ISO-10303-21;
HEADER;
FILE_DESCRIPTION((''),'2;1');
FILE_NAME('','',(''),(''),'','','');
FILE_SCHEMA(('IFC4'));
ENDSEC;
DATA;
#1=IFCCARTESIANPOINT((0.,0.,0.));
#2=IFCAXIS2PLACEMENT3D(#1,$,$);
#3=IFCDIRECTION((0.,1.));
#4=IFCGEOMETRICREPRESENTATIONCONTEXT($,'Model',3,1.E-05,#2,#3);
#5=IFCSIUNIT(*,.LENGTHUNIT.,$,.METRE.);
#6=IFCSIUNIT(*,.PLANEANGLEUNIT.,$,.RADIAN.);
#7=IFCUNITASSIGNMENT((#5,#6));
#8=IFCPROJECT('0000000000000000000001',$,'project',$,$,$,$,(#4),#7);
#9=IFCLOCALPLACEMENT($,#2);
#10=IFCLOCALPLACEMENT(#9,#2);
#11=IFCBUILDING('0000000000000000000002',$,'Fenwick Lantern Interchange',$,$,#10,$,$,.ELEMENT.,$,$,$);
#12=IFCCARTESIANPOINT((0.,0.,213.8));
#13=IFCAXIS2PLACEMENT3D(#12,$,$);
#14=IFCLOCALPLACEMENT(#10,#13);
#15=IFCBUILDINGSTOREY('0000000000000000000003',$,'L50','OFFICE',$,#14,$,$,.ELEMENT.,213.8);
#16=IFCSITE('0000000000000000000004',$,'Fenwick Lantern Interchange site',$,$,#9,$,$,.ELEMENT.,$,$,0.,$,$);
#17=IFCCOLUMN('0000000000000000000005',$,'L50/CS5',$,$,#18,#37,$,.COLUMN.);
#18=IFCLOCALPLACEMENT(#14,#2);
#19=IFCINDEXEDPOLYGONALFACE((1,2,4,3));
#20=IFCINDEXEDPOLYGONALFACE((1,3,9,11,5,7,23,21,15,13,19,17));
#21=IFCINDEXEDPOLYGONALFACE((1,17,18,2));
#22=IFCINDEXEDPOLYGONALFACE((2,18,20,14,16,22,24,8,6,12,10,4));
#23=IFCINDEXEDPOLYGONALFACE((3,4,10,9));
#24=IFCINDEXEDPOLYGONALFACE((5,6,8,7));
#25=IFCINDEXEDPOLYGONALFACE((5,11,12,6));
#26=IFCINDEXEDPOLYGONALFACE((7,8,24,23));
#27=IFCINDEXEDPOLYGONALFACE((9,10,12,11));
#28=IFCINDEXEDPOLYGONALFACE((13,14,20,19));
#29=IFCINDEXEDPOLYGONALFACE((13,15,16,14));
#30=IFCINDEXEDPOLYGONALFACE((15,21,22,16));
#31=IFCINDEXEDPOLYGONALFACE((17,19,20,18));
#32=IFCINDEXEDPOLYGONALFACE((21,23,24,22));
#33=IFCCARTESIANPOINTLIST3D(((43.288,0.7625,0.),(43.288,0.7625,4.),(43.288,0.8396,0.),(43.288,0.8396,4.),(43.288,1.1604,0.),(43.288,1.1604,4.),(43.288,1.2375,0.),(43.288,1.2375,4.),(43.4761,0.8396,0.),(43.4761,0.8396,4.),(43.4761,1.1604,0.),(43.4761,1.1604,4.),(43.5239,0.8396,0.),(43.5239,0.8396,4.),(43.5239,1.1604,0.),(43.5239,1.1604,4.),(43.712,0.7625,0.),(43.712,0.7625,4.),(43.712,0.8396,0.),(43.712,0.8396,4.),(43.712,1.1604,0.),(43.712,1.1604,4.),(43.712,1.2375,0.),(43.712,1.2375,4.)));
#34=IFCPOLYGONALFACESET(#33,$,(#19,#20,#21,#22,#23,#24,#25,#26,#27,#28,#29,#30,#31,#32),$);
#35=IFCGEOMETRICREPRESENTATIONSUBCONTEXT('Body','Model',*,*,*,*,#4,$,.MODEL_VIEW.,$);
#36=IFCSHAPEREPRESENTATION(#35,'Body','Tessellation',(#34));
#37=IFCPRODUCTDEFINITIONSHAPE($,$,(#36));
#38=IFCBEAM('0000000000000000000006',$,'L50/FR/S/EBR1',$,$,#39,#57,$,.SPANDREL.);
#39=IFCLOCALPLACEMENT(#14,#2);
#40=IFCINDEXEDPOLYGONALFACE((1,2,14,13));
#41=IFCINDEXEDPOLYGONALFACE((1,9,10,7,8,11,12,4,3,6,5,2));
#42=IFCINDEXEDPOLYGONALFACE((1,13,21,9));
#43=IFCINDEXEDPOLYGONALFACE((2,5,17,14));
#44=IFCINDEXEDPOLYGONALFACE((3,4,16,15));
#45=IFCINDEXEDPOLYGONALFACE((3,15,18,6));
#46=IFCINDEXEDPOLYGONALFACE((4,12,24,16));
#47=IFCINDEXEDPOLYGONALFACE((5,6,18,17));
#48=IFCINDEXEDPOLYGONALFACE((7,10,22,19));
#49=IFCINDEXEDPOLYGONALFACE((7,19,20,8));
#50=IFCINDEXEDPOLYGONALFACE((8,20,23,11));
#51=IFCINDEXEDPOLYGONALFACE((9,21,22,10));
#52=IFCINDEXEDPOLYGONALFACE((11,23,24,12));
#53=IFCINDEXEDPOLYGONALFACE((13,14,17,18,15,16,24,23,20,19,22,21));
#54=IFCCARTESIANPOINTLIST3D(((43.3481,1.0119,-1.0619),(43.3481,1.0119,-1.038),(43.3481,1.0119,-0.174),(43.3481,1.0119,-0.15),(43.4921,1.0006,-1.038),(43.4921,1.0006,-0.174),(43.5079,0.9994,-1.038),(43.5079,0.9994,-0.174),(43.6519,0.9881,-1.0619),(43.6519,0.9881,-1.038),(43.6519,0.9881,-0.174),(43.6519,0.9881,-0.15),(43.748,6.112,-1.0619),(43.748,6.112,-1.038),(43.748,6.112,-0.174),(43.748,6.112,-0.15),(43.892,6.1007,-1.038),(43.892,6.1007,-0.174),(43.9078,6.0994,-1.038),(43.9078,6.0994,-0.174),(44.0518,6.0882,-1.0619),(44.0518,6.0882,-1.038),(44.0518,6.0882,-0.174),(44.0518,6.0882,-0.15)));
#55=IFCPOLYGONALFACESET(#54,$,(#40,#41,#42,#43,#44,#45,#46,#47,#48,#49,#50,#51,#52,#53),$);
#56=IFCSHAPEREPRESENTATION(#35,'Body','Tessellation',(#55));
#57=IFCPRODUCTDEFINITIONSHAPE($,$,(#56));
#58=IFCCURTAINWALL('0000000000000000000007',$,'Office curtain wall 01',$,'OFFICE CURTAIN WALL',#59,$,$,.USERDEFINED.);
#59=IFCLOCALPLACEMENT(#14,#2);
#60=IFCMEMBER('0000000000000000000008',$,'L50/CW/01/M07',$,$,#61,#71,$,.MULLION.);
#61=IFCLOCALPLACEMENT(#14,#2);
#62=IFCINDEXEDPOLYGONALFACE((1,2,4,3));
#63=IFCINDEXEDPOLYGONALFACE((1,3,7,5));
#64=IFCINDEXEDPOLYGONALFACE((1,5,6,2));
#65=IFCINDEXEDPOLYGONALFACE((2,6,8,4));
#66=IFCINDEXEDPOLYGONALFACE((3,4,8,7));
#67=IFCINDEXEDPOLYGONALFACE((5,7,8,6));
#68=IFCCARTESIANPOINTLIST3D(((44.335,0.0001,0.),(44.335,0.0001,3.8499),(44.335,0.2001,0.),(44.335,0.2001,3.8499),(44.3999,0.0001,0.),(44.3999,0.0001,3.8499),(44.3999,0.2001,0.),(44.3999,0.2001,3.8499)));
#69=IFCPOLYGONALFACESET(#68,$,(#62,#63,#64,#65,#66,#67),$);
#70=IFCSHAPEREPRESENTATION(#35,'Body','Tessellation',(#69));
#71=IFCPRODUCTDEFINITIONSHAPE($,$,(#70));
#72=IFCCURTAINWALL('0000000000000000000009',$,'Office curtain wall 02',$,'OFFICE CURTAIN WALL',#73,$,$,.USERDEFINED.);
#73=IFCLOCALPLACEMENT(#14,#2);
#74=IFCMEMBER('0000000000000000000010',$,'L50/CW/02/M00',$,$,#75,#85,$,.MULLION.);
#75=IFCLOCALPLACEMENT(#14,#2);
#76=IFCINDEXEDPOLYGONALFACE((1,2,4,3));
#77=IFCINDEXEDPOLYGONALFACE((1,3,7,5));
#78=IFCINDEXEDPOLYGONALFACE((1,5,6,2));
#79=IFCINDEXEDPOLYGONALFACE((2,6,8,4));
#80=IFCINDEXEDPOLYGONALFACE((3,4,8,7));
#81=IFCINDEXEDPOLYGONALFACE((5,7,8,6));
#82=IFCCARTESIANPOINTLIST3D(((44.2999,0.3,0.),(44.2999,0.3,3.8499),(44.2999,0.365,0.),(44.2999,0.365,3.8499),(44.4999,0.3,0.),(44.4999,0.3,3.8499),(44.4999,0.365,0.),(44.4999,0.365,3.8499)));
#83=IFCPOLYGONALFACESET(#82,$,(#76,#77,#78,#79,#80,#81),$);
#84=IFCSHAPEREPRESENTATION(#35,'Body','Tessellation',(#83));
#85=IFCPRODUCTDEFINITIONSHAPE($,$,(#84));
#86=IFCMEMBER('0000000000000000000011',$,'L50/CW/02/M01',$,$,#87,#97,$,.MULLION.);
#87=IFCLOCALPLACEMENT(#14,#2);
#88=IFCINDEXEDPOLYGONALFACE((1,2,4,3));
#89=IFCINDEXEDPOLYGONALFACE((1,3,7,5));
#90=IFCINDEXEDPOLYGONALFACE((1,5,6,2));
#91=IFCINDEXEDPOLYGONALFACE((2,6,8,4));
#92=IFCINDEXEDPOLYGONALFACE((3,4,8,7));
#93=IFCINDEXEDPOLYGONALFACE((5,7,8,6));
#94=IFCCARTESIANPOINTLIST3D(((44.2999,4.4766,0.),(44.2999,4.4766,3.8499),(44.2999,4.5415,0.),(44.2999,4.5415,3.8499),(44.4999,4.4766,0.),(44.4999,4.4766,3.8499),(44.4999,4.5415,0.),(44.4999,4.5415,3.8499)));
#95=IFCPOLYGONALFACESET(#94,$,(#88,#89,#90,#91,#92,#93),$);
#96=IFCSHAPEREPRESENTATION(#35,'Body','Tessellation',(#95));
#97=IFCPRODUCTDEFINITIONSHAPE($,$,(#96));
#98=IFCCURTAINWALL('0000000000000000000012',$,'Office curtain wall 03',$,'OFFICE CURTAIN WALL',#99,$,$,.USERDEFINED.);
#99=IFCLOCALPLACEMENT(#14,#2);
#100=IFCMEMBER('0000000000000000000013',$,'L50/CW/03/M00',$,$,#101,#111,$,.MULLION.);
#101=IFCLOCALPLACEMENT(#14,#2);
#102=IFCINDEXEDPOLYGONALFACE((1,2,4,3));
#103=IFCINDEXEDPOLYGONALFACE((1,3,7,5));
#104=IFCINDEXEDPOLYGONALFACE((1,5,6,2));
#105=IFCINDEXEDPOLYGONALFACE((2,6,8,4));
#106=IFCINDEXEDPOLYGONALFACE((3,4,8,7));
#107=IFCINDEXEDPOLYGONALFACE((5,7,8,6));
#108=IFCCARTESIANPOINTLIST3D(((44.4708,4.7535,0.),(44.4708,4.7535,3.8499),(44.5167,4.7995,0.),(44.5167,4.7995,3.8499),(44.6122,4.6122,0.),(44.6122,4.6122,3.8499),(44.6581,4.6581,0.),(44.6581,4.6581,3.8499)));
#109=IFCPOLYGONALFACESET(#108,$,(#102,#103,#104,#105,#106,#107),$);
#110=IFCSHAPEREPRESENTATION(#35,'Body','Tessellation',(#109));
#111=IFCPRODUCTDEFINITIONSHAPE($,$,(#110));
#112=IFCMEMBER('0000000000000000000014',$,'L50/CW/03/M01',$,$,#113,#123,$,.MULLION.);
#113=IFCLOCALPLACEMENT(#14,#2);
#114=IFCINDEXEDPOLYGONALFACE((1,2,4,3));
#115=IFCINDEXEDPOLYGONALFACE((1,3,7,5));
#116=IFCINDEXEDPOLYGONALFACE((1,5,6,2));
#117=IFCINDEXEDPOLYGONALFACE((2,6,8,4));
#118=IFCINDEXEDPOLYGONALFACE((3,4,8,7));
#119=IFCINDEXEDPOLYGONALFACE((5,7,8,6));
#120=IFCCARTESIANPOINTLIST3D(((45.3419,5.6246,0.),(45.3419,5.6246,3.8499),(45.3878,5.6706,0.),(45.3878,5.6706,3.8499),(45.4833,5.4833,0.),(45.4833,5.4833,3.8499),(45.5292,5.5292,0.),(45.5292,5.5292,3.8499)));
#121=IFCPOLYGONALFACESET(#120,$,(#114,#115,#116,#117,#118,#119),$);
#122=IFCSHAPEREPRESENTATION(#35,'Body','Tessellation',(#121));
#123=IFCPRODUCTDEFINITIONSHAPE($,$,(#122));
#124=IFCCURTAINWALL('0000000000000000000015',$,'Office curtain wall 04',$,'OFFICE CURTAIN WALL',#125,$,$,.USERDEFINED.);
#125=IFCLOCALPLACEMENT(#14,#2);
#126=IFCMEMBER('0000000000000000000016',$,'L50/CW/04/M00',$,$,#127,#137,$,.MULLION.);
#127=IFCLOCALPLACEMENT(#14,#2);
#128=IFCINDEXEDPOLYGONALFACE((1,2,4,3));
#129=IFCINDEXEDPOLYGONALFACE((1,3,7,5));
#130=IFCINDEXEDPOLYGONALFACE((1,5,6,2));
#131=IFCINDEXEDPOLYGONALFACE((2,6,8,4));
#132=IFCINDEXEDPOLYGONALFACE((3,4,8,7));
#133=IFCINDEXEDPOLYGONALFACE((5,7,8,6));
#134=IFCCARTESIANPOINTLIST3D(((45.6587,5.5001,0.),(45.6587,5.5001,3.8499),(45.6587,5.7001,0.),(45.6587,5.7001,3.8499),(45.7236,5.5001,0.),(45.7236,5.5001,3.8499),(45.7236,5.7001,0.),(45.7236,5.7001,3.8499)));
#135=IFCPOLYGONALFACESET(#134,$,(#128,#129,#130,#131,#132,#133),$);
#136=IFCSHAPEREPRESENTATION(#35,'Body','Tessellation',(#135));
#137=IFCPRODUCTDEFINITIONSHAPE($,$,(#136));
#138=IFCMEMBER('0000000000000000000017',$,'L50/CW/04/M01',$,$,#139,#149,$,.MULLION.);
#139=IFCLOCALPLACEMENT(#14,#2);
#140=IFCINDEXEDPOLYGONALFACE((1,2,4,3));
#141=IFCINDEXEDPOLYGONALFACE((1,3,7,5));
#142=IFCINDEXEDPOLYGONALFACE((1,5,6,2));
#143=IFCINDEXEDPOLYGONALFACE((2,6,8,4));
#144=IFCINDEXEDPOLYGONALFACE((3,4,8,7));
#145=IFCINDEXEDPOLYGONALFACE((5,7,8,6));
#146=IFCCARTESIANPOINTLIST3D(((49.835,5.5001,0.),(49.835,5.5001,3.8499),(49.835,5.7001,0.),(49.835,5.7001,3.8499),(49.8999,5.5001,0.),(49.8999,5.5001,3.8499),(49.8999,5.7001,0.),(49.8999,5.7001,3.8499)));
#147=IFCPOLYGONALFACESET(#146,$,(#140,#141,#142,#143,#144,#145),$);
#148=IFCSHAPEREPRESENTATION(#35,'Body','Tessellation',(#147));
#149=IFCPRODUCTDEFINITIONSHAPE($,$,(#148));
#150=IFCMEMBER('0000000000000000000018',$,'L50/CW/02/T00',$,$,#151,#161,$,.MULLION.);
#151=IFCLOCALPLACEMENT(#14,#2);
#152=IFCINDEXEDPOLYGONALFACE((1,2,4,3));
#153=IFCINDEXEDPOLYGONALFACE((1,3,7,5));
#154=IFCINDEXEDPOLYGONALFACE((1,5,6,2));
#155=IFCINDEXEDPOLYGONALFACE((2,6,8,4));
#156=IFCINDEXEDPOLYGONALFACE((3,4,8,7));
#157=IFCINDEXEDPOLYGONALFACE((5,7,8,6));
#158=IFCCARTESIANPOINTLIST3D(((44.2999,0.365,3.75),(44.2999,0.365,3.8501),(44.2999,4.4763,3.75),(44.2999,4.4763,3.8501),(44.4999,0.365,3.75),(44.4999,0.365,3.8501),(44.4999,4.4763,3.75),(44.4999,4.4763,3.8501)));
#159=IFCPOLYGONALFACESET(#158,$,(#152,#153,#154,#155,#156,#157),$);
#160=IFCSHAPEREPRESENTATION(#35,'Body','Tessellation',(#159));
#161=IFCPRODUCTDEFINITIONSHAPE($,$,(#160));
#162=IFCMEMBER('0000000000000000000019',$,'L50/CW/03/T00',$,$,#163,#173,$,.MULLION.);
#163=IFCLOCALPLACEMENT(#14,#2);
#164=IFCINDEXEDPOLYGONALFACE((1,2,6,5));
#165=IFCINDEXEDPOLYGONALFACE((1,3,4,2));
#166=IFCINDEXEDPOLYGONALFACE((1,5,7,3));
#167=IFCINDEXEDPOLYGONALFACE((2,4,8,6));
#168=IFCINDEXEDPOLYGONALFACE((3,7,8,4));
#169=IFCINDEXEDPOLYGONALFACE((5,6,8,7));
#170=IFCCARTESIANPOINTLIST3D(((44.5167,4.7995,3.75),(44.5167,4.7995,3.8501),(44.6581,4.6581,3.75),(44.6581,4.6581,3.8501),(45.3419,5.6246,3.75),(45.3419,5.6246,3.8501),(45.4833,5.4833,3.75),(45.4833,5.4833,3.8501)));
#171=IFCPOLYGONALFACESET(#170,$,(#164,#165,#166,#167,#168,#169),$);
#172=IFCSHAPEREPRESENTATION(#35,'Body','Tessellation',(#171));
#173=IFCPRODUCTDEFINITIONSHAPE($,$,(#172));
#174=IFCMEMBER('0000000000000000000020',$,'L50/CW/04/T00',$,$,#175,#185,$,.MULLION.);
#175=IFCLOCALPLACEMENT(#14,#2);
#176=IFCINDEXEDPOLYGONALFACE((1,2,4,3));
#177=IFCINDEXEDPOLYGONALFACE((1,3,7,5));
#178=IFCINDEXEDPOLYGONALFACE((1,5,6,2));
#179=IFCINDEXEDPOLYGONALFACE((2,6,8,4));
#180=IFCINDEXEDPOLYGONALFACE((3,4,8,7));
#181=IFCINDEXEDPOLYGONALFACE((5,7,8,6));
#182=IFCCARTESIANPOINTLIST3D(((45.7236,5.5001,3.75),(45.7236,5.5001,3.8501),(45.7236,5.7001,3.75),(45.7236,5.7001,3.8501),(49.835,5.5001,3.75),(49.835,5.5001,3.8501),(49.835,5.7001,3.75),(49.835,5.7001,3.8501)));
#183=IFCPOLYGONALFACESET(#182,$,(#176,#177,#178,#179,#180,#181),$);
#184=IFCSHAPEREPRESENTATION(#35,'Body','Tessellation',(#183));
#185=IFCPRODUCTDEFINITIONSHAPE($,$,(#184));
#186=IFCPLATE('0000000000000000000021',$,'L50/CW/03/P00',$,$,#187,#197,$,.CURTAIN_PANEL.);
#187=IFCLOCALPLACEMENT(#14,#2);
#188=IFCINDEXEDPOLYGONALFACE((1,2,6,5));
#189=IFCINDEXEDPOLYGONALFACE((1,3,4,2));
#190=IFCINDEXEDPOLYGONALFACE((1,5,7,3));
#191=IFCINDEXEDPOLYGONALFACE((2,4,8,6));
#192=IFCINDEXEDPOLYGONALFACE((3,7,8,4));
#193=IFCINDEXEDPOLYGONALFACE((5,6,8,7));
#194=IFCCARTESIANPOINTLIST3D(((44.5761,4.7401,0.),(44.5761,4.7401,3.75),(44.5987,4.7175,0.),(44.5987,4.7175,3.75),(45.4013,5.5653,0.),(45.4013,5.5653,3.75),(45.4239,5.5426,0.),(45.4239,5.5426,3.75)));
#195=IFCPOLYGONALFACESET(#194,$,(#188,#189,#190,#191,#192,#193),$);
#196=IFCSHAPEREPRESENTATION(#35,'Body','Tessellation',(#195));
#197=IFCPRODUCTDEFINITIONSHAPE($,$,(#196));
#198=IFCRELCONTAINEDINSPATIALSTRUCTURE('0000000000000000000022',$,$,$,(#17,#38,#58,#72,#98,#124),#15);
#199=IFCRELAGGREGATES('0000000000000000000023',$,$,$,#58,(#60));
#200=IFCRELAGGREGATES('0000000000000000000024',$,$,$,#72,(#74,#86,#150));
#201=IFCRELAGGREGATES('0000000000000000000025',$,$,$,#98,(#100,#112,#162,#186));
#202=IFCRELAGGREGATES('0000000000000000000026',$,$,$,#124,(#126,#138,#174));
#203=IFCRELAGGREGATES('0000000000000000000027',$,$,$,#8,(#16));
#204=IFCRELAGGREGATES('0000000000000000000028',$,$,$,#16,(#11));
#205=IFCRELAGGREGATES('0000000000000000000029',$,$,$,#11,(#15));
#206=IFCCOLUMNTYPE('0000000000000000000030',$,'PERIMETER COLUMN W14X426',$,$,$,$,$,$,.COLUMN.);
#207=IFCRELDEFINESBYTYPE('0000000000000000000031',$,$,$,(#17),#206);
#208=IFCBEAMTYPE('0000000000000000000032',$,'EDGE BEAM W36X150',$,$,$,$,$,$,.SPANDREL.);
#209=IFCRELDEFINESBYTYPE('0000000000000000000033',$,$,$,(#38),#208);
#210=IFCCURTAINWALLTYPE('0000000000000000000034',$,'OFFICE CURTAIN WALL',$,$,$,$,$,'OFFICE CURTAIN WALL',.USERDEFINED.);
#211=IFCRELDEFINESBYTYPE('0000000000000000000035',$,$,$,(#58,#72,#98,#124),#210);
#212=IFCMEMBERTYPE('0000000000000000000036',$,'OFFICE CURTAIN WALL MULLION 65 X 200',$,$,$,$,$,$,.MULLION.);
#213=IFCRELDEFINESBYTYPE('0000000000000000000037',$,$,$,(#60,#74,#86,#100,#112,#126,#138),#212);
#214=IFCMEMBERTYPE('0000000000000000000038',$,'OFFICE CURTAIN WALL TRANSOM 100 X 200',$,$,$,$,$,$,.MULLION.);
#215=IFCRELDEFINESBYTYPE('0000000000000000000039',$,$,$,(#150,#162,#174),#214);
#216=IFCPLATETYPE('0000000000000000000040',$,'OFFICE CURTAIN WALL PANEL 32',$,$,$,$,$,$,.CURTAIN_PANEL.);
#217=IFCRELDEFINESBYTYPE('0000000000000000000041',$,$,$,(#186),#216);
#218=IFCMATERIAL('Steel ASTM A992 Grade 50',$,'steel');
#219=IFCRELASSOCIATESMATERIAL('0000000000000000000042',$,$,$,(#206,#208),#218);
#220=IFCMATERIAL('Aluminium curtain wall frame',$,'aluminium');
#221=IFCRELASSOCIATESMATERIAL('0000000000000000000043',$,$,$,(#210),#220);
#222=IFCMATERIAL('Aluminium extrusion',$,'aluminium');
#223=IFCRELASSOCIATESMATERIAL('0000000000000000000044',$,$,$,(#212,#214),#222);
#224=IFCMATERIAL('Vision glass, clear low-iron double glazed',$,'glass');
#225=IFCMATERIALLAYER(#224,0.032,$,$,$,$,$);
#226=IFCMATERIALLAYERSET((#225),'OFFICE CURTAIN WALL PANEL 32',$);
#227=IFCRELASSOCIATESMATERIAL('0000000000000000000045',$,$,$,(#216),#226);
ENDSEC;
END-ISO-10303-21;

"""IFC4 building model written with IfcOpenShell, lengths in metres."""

from ifc_helpers import new_model, si_unit, direction, frame, origin, origin_2d, place, context, subcontext, project, spatial, rectangle, i_section, extrude, material, layer, layer_set, material_profile, profile_set, type_object, element, aggregate, save


model = new_model("IFC4")

# Units and contexts
model_context = context("Model", 3, precision=1e-05, world=origin(), true_north=direction((0.0, 1.0)))
body_context = subcontext(model_context, "Body", "Model", "MODEL_VIEW")
ifc_project = project(units=[si_unit("LENGTHUNIT", "METRE"), si_unit("PLANEANGLEUNIT", "RADIAN")], contexts=[model_context])

# Site, building, storey
site_placement = place(None, origin())
site = spatial("IfcSite", under=ifc_project, at=site_placement, Name="Fenwick Lantern Interchange site", CompositionType="ELEMENT", RefElevation=0.0)
building_placement = place(site_placement, origin())
building = spatial("IfcBuilding", under=site, at=building_placement, Name="Fenwick Lantern Interchange", CompositionType="ELEMENT")
storey_placement = place(building_placement, frame((0.0, 0.0, 213.8)))
storey = spatial("IfcBuildingStorey", under=building, at=storey_placement, Name="L50", Description="OFFICE", CompositionType="ELEMENT", Elevation=213.8)

# Column
ifc_material_1 = material(Name="Steel ASTM A992 Grade 50", Category="steel")
ifc_material_profile_1 = material_profile(ifc_material_1, i_section(OverallWidth=0.4241, OverallDepth=0.4751, WebThickness=0.0479, FlangeThickness=0.0771, at=origin_2d()), Name="W14X426")
ifc_profile_set_1 = profile_set([ifc_material_profile_1], Name="Steel ASTM A992 Grade 50")
column_type = type_object("IfcColumnType", Name="PERIMETER COLUMN W14X426", PredefinedType="COLUMN", material=ifc_profile_set_1)
column_placement = place(storey_placement, frame((43.5, 1.0, 0.0), z_axis=(0.0, 0.0, 1.0), x_axis=(1.0, 0.0, 0.0)))
element("IfcColumn", 1, at=column_placement, inside=storey, type_object=column_type, Name="L50/CS5", PredefinedType="COLUMN", context=body_context, shape_type="SweptSolid", body=[
    extrude(i_section(OverallWidth=0.4241, OverallDepth=0.4751, WebThickness=0.0479, FlangeThickness=0.0771, at=origin_2d()), origin(), (0.0, 0.0, 1.0), 4.0),
])

# Beam
ifc_material_profile_2 = material_profile(ifc_material_1, i_section(OverallWidth=0.3047, OverallDepth=0.9119, WebThickness=0.0159, FlangeThickness=0.0239, at=origin_2d()), Name="W36X150")
ifc_profile_set_2 = profile_set([ifc_material_profile_2], Name="Steel ASTM A992 Grade 50")
beam_type = type_object("IfcBeamType", Name="EDGE BEAM W36X150", PredefinedType="SPANDREL", material=ifc_profile_set_2)
beam_placement = place(storey_placement, frame((43.5, 1.0, -0.606), z_axis=(0.078171, 0.99694, 0.0), x_axis=(-0.99694, 0.078171, 0.0)))
element("IfcBeam", 2, at=beam_placement, inside=storey, type_object=beam_type, Name="L50/FR/S/EBR1", PredefinedType="SPANDREL", context=body_context, shape_type="SweptSolid", body=[
    extrude(i_section(OverallWidth=0.3047, OverallDepth=0.9119, WebThickness=0.0159, FlangeThickness=0.0239, at=origin_2d()), origin(), (0.0, 0.0, 1.0), 5.1157),
])

# Curtain wall, member
ifc_material_2 = material(Name="Aluminium curtain wall frame", Category="aluminium")
curtain_wall_type = type_object("IfcCurtainWallType", Name="OFFICE CURTAIN WALL", ElementType="OFFICE CURTAIN WALL", PredefinedType="USERDEFINED", material=ifc_material_2)
curtain_wall_1_placement = place(storey_placement, origin())
curtain_wall_1 = element("IfcCurtainWall", 3, at=curtain_wall_1_placement, inside=storey, type_object=curtain_wall_type, Name="Office curtain wall 01", ObjectType="OFFICE CURTAIN WALL", PredefinedType="USERDEFINED")
ifc_material_3 = material(Name="Aluminium extrusion", Category="aluminium")
ifc_material_profile_3 = material_profile(ifc_material_3, rectangle(XDim=0.2, YDim=0.0649, at=origin_2d()), Name="OFFICE CURTAIN WALL MULLION 65 X 200")
ifc_profile_set_3 = profile_set([ifc_material_profile_3], Name="Aluminium extrusion")
member_type_1 = type_object("IfcMemberType", Name="OFFICE CURTAIN WALL MULLION 65 X 200", PredefinedType="MULLION", material=ifc_profile_set_3)
member_1_placement = place(storey_placement, frame((44.3674, 0.1001, 0.0), z_axis=(0.0, 0.0, 1.0), x_axis=(0.0, 1.0, 0.0)))
member_1 = element("IfcMember", 4, at=member_1_placement, type_object=member_type_1, Name="L50/CW/01/M07", PredefinedType="MULLION", context=body_context, shape_type="SweptSolid", body=[
    extrude(rectangle(XDim=0.2, YDim=0.0649, at=origin_2d()), origin(), (0.0, 0.0, 1.0), 3.8499),
])
aggregate(curtain_wall_1, [member_1])

# Curtain walls, members
curtain_wall_2_placement = place(storey_placement, origin())
curtain_wall_2 = element("IfcCurtainWall", 5, at=curtain_wall_2_placement, inside=storey, type_object=curtain_wall_type, Name="Office curtain wall 02", ObjectType="OFFICE CURTAIN WALL", PredefinedType="USERDEFINED")
member_2_placement = place(storey_placement, frame((44.3999, 0.3325, 0.0), z_axis=(0.0, 0.0, 1.0), x_axis=(-1.0, 0.0, 0.0)))
member_2 = element("IfcMember", 6, at=member_2_placement, type_object=member_type_1, Name="L50/CW/02/M00", PredefinedType="MULLION", context=body_context, shape_type="SweptSolid", body=[
    extrude(rectangle(XDim=0.2, YDim=0.0649, at=origin_2d()), origin(), (0.0, 0.0, 1.0), 3.8499),
])
member_3_placement = place(storey_placement, frame((44.3999, 4.509, 0.0), z_axis=(0.0, 0.0, 1.0), x_axis=(-1.0, 0.0, 0.0)))
member_3 = element("IfcMember", 7, at=member_3_placement, type_object=member_type_1, Name="L50/CW/02/M01", PredefinedType="MULLION", context=body_context, shape_type="SweptSolid", body=[
    extrude(rectangle(XDim=0.2, YDim=0.0649, at=origin_2d()), origin(), (0.0, 0.0, 1.0), 3.8499),
])
curtain_wall_3_placement = place(storey_placement, origin())
curtain_wall_3 = element("IfcCurtainWall", 8, at=curtain_wall_3_placement, inside=storey, type_object=curtain_wall_type, Name="Office curtain wall 03", ObjectType="OFFICE CURTAIN WALL", PredefinedType="USERDEFINED")
member_4_placement = place(storey_placement, frame((44.5645, 4.7058, 0.0), z_axis=(0.0, 0.0, 1.0), x_axis=(-0.707107, 0.707107, 0.0)))
member_4 = element("IfcMember", 9, at=member_4_placement, type_object=member_type_1, Name="L50/CW/03/M00", PredefinedType="MULLION", context=body_context, shape_type="SweptSolid", body=[
    extrude(rectangle(XDim=0.2, YDim=0.0649, at=origin_2d()), origin(), (0.0, 0.0, 1.0), 3.8499),
])
member_5_placement = place(storey_placement, frame((45.4355, 5.5769, 0.0), z_axis=(0.0, 0.0, 1.0), x_axis=(-0.707107, 0.707107, 0.0)))
member_5 = element("IfcMember", 10, at=member_5_placement, type_object=member_type_1, Name="L50/CW/03/M01", PredefinedType="MULLION", context=body_context, shape_type="SweptSolid", body=[
    extrude(rectangle(XDim=0.2, YDim=0.0649, at=origin_2d()), origin(), (0.0, 0.0, 1.0), 3.8499),
])
curtain_wall_4_placement = place(storey_placement, origin())
curtain_wall_4 = element("IfcCurtainWall", 11, at=curtain_wall_4_placement, inside=storey, type_object=curtain_wall_type, Name="Office curtain wall 04", ObjectType="OFFICE CURTAIN WALL", PredefinedType="USERDEFINED")
member_6_placement = place(storey_placement, frame((45.6912, 5.6001, 0.0), z_axis=(0.0, 0.0, 1.0), x_axis=(0.0, 1.0, 0.0)))
member_6 = element("IfcMember", 12, at=member_6_placement, type_object=member_type_1, Name="L50/CW/04/M00", PredefinedType="MULLION", context=body_context, shape_type="SweptSolid", body=[
    extrude(rectangle(XDim=0.2, YDim=0.0649, at=origin_2d()), origin(), (0.0, 0.0, 1.0), 3.8499),
])
member_7_placement = place(storey_placement, frame((49.8674, 5.6001, 0.0), z_axis=(0.0, 0.0, 1.0), x_axis=(0.0, 1.0, 0.0)))
member_7 = element("IfcMember", 13, at=member_7_placement, type_object=member_type_1, Name="L50/CW/04/M01", PredefinedType="MULLION", context=body_context, shape_type="SweptSolid", body=[
    extrude(rectangle(XDim=0.2, YDim=0.0649, at=origin_2d()), origin(), (0.0, 0.0, 1.0), 3.8499),
])

# Members
ifc_material_profile_4 = material_profile(ifc_material_3, rectangle(XDim=0.2, YDim=0.1001, at=origin_2d()), Name="OFFICE CURTAIN WALL TRANSOM 100 X 200")
ifc_profile_set_4 = profile_set([ifc_material_profile_4], Name="Aluminium extrusion")
member_type_2 = type_object("IfcMemberType", Name="OFFICE CURTAIN WALL TRANSOM 100 X 200", PredefinedType="MULLION", material=ifc_profile_set_4)
member_8_placement = place(storey_placement, frame((44.3999, 0.365, 3.8), z_axis=(0.0, 1.0, 0.0), x_axis=(-1.0, 0.0, 0.0)))
member_8 = element("IfcMember", 14, at=member_8_placement, type_object=member_type_2, Name="L50/CW/02/T00", PredefinedType="MULLION", context=body_context, shape_type="SweptSolid", body=[
    extrude(rectangle(XDim=0.2, YDim=0.1001, at=origin_2d()), origin(), (0.0, 0.0, 1.0), 4.1113),
])
member_9_placement = place(storey_placement, frame((44.5874, 4.7288, 3.8), z_axis=(0.707107, 0.707107, 0.0), x_axis=(-0.707107, 0.707107, 0.0)))
member_9 = element("IfcMember", 15, at=member_9_placement, type_object=member_type_2, Name="L50/CW/03/T00", PredefinedType="MULLION", context=body_context, shape_type="SweptSolid", body=[
    extrude(rectangle(XDim=0.2, YDim=0.1001, at=origin_2d()), origin(), (0.0, 0.0, 1.0), 1.167),
])
member_10_placement = place(storey_placement, frame((45.7236, 5.6001, 3.8), z_axis=(1.0, 0.0, 0.0), x_axis=(0.0, 1.0, 0.0)))
member_10 = element("IfcMember", 16, at=member_10_placement, type_object=member_type_2, Name="L50/CW/04/T00", PredefinedType="MULLION", context=body_context, shape_type="SweptSolid", body=[
    extrude(rectangle(XDim=0.2, YDim=0.1001, at=origin_2d()), origin(), (0.0, 0.0, 1.0), 4.1113),
])

# Plate
ifc_material_4 = material(Name="Vision glass, clear low-iron double glazed", Category="glass")
ifc_layer_1 = layer(ifc_material_4, 0.032)
ifc_layer_set_1 = layer_set([ifc_layer_1], Name="OFFICE CURTAIN WALL PANEL 32")
plate_type = type_object("IfcPlateType", Name="OFFICE CURTAIN WALL PANEL 32", PredefinedType="CURTAIN_PANEL", material=ifc_layer_set_1)
aggregate(curtain_wall_2, [member_2, member_3, member_8])
plate_1_placement = place(storey_placement, frame((45.0, 5.1414, 0.0), z_axis=(0.0, 0.0, 1.0), x_axis=(0.707107, 0.707107, 0.0)))
plate_1 = element("IfcPlate", 17, at=plate_1_placement, type_object=plate_type, Name="L50/CW/03/P00", PredefinedType="CURTAIN_PANEL", context=body_context, shape_type="SweptSolid", body=[
    extrude(rectangle(XDim=1.167, YDim=0.032, at=origin_2d()), origin(), (0.0, 0.0, 1.0), 3.75),
])
aggregate(curtain_wall_3, [member_4, member_5, member_9, plate_1])
aggregate(curtain_wall_4, [member_6, member_7, member_10])

save(model, "model.ifc")
